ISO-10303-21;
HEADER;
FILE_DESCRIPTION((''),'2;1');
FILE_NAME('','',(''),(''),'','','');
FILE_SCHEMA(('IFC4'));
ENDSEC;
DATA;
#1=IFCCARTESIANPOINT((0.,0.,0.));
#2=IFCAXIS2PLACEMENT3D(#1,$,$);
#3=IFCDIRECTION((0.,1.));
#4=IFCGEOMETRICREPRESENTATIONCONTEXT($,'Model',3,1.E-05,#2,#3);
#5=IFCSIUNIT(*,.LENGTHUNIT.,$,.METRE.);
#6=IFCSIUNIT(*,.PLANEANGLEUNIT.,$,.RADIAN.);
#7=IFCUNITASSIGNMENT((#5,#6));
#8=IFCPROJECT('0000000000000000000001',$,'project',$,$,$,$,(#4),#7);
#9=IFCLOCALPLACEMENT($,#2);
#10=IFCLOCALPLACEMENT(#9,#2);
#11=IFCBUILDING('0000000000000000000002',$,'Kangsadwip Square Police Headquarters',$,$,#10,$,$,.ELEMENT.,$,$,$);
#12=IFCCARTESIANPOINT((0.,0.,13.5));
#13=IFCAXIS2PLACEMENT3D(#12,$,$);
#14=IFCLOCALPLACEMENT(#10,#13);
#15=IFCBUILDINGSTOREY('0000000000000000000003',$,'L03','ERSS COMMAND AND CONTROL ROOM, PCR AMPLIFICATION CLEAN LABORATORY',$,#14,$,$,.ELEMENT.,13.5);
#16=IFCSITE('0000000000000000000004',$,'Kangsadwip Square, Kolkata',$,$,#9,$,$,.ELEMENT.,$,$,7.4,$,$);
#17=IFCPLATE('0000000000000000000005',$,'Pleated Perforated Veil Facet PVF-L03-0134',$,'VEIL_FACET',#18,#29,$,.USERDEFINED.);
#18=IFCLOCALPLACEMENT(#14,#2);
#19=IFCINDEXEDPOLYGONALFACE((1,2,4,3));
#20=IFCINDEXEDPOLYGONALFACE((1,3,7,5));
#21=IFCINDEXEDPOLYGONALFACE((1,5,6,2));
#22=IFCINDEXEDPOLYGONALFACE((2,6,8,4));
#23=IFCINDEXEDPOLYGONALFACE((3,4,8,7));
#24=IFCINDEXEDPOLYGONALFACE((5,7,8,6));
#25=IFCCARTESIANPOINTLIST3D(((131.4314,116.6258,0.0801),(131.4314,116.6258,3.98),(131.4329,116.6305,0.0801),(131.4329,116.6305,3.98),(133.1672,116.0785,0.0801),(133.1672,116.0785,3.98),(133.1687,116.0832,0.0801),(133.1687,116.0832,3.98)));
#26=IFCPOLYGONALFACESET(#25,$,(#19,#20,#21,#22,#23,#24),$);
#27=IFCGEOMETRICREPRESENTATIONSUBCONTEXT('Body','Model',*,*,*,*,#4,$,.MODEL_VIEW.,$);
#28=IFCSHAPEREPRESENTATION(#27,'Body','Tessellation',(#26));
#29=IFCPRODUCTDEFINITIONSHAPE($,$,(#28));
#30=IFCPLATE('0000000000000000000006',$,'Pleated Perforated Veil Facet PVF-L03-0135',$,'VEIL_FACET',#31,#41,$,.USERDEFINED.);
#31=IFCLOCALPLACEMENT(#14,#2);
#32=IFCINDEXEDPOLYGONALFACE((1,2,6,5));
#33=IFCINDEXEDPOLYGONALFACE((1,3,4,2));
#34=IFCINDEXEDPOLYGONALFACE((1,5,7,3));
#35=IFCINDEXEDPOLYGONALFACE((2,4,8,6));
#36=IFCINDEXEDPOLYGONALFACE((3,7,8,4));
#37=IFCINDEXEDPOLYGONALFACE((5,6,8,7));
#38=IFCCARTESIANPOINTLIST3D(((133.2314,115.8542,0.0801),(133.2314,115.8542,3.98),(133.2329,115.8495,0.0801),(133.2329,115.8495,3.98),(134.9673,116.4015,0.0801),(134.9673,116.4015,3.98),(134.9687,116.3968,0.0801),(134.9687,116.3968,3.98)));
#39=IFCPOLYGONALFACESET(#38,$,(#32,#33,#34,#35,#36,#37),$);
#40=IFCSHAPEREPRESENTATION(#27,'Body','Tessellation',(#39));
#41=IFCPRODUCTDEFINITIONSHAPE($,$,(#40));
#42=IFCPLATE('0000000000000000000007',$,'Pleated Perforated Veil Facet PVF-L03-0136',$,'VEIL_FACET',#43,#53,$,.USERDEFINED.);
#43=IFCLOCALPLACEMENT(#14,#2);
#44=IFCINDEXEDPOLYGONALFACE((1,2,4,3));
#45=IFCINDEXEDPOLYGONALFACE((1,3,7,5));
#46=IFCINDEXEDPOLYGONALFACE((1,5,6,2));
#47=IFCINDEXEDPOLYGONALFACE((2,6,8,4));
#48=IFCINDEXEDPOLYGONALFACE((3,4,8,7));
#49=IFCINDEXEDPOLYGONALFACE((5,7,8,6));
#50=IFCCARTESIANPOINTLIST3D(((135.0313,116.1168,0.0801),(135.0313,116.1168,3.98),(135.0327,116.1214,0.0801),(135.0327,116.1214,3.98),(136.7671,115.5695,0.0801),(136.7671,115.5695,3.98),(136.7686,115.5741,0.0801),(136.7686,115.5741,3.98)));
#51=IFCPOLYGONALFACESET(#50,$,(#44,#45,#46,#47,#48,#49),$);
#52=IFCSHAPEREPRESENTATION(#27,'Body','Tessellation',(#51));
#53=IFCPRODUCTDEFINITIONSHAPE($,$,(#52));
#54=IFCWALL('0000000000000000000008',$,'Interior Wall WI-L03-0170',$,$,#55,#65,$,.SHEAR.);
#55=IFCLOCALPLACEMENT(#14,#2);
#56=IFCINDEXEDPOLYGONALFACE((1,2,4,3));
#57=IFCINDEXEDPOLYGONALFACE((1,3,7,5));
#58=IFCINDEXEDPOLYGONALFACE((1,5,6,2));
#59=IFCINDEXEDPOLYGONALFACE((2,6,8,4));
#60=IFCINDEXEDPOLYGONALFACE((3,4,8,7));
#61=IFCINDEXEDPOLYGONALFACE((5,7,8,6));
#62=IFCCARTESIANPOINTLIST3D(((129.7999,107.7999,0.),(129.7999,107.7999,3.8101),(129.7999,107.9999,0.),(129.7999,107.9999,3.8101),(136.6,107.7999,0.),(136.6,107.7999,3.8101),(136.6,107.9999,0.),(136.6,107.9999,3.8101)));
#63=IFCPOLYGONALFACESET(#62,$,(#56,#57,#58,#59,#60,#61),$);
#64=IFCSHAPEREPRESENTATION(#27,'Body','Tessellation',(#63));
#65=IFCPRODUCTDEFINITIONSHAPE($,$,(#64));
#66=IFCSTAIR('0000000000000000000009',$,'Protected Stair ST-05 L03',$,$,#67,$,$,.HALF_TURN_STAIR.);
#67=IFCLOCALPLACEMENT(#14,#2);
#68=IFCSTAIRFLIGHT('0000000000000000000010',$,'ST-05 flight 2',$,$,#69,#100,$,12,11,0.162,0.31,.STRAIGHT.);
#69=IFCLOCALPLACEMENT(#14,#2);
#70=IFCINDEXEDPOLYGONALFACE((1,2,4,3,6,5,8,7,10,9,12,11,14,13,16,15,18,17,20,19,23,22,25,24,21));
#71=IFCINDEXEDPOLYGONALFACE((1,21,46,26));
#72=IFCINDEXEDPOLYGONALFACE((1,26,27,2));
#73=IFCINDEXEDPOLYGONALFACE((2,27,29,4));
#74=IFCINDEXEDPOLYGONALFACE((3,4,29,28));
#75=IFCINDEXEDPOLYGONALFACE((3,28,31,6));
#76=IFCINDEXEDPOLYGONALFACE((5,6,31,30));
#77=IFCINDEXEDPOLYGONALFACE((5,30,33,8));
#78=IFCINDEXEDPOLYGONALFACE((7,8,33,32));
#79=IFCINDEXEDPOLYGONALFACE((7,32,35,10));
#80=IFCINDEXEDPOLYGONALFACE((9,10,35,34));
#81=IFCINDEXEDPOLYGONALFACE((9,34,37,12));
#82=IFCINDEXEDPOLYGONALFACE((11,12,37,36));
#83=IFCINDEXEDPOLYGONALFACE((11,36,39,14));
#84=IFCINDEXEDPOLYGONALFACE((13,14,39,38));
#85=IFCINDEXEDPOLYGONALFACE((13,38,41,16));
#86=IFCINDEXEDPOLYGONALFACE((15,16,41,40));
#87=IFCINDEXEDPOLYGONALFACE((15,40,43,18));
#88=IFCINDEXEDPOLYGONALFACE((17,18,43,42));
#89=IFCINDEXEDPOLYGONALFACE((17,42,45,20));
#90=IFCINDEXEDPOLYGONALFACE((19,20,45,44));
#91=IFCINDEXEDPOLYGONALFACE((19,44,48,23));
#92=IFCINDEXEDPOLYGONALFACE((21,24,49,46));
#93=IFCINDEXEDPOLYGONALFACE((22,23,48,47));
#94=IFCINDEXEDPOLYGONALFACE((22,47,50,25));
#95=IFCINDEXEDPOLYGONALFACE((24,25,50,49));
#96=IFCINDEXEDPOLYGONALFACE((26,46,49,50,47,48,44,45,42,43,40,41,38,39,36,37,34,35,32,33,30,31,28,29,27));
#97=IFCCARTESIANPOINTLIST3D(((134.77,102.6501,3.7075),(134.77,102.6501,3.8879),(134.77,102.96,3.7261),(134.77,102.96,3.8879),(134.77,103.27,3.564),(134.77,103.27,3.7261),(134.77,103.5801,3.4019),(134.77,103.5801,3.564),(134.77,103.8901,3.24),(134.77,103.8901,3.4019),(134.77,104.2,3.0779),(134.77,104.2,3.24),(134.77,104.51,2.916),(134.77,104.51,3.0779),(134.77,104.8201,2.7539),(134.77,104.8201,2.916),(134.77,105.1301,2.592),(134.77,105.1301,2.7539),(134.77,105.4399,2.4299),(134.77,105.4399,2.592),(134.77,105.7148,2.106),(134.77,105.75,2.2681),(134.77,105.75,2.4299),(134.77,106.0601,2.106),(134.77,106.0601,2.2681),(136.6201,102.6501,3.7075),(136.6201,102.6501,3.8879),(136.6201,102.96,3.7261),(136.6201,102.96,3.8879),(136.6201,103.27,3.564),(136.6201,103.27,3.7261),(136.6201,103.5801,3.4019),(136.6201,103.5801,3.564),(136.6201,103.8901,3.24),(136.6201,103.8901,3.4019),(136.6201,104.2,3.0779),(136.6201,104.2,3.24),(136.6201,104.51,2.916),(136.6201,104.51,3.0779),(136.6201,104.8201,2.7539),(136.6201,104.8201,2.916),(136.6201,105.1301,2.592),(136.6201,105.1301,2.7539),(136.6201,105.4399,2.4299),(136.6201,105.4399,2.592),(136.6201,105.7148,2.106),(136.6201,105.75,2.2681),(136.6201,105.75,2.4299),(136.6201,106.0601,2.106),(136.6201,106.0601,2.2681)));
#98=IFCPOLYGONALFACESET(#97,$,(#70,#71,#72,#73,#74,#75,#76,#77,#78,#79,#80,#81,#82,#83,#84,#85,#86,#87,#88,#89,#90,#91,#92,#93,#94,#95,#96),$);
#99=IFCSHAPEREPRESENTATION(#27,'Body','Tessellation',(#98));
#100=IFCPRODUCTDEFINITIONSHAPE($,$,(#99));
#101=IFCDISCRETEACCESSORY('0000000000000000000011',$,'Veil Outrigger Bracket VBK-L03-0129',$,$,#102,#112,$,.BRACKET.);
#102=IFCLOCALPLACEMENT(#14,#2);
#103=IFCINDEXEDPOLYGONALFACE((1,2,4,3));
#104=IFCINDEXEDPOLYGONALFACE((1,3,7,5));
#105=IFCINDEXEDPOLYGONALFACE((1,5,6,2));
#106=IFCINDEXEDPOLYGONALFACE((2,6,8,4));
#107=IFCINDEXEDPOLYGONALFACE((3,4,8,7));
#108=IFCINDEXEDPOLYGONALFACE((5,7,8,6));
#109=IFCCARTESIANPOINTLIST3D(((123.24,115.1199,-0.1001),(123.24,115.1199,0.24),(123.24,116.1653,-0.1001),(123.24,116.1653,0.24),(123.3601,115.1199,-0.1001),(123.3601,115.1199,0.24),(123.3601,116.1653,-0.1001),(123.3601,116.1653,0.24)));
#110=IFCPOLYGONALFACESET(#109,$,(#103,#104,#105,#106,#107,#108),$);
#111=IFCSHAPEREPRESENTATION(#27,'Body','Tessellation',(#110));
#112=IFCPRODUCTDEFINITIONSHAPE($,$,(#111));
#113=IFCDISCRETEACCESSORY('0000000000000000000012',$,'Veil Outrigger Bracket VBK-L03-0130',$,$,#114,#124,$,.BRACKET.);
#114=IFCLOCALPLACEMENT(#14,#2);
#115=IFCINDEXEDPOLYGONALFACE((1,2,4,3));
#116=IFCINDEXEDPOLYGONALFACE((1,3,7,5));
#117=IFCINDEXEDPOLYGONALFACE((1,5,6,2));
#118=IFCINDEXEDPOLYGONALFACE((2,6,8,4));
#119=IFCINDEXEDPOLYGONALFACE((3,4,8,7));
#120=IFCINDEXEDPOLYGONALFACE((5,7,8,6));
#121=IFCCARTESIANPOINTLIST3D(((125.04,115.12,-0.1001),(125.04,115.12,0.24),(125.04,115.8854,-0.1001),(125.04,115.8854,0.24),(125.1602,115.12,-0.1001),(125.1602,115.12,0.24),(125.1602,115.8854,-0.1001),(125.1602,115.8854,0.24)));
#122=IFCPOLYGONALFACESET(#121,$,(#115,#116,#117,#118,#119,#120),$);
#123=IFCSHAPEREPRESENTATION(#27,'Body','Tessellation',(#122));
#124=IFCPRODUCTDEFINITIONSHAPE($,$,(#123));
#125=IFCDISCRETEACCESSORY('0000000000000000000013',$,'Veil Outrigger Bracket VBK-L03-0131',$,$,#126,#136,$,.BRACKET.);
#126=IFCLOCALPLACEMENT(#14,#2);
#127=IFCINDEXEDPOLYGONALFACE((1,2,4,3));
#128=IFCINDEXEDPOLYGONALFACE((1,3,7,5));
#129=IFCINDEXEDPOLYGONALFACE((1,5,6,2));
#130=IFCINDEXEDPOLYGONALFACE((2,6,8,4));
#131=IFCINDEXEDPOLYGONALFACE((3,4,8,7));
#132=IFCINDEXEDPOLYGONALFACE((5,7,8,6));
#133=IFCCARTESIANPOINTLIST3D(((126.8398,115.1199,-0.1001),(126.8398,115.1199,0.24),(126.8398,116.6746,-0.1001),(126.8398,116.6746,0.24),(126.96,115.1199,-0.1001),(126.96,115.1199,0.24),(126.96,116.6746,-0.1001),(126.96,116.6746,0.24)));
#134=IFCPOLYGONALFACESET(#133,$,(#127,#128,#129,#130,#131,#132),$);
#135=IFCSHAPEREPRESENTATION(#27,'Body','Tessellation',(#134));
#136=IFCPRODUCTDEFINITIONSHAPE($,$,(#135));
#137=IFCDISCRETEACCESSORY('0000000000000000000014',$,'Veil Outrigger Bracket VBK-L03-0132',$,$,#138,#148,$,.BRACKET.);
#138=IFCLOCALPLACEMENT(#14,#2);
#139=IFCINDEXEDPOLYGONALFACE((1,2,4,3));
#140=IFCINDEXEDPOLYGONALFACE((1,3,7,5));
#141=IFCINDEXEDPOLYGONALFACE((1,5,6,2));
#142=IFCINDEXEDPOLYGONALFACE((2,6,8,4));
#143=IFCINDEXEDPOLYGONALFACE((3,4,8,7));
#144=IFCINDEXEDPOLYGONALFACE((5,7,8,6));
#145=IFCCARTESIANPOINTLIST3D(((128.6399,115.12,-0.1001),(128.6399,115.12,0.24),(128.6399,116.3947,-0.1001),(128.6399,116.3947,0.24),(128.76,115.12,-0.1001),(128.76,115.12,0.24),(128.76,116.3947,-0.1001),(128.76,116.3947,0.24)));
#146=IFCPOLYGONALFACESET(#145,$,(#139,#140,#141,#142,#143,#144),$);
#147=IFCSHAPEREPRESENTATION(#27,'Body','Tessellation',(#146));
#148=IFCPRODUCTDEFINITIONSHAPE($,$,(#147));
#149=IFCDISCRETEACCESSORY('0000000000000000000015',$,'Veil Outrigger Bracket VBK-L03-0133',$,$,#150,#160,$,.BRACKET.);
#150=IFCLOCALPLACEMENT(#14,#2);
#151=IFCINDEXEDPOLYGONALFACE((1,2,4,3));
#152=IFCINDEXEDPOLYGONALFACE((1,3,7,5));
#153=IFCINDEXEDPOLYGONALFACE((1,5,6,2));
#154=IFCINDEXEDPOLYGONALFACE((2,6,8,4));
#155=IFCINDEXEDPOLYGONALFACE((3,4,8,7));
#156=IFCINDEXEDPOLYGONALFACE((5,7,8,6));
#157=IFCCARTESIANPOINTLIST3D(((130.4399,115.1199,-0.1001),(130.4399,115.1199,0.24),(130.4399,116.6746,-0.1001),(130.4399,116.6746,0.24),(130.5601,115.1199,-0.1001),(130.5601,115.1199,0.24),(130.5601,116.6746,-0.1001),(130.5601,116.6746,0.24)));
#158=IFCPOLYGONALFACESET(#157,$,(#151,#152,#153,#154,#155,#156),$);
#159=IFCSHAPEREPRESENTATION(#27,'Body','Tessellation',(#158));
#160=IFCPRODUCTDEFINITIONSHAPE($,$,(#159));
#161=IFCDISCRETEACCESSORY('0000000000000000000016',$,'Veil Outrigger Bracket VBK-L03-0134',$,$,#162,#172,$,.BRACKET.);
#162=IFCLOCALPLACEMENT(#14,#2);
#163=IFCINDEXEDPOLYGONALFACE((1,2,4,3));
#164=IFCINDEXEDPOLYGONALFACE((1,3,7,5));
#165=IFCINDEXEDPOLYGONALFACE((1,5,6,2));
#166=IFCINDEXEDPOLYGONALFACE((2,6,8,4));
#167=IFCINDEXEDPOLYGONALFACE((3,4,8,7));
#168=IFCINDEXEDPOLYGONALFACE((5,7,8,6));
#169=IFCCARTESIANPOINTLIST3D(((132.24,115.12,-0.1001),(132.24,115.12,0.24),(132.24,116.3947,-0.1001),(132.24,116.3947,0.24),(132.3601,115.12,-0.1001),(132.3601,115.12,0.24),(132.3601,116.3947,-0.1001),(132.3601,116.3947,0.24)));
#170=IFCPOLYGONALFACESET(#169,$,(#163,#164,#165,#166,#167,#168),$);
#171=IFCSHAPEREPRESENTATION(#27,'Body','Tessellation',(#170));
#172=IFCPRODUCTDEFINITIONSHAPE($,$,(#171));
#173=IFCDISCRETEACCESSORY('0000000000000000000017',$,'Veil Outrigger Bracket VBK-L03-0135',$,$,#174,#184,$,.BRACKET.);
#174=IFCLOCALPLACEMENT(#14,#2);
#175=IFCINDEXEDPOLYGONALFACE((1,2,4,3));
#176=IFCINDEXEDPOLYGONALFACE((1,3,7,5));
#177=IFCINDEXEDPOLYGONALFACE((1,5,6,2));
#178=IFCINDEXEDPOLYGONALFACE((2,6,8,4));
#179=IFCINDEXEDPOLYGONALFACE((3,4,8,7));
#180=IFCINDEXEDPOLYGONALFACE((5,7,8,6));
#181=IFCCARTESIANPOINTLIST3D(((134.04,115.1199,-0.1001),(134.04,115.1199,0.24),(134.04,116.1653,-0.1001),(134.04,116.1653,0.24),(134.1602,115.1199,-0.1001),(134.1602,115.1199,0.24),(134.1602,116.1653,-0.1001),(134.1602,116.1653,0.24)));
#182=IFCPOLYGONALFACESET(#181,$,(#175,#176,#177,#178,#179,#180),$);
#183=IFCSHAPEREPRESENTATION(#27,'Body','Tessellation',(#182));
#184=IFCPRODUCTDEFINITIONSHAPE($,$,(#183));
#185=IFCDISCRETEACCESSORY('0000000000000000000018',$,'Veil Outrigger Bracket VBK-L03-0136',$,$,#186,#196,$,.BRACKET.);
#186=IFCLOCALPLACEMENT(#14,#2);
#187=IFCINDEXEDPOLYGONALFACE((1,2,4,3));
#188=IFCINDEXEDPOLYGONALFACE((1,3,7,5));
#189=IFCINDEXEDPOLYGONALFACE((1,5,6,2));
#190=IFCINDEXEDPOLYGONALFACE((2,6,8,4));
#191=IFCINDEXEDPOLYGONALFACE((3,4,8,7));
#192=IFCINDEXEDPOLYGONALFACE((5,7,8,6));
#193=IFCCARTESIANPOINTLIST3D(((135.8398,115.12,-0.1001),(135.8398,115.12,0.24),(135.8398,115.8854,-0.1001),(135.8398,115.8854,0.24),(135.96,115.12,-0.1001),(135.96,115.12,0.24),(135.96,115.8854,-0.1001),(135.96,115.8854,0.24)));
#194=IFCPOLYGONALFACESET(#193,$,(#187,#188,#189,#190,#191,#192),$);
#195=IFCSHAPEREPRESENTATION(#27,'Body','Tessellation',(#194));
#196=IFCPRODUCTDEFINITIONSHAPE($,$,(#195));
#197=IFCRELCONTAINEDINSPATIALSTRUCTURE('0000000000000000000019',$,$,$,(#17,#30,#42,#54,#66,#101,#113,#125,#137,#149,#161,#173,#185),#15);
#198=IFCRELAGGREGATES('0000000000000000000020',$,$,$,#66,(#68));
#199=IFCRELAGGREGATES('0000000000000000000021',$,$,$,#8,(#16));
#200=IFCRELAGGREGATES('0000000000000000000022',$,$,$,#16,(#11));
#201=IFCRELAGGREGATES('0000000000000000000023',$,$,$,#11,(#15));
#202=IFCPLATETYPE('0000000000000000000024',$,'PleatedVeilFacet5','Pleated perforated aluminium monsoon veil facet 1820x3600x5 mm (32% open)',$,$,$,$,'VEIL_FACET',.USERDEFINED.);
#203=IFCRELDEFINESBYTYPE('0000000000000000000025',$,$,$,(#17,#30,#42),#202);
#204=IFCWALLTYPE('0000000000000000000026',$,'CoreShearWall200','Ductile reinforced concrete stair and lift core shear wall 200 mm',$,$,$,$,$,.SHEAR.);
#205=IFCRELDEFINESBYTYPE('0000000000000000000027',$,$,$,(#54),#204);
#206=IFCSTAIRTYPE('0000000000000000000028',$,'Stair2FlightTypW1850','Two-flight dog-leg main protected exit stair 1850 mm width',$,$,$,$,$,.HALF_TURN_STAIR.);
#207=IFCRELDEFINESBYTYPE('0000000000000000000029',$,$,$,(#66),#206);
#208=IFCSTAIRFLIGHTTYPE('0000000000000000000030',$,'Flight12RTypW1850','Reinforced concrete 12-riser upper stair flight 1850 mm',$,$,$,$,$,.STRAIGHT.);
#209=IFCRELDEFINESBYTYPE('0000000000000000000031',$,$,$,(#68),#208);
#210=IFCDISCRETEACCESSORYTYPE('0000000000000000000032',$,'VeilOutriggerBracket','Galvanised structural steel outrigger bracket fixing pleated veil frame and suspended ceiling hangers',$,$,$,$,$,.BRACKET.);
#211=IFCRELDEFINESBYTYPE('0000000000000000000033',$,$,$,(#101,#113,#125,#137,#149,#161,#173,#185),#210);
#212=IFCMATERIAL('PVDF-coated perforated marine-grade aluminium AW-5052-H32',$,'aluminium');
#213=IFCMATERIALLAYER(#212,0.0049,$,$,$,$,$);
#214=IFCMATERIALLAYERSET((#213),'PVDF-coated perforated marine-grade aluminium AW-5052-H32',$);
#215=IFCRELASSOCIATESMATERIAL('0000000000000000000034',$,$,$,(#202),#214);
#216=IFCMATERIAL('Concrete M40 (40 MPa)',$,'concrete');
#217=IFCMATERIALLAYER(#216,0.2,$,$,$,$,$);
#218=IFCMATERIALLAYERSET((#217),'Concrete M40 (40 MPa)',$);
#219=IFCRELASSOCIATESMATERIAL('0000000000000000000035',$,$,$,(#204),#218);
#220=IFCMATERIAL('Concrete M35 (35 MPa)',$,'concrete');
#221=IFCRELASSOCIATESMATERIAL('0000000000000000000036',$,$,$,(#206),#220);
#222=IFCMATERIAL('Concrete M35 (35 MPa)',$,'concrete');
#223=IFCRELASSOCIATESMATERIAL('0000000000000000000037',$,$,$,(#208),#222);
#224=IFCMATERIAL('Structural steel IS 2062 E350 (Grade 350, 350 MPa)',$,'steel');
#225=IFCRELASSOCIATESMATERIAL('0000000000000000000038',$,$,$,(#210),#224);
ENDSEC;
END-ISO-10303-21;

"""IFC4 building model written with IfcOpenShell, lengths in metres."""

from ifc_helpers import new_model, si_unit, direction, frame, frame_2d, origin, origin_2d, place, context, subcontext, project, spatial, polyline, rectangle, outline, extrude, material, layer, layer_set, type_object, element, aggregate, save


model = new_model("IFC4")

# Units and contexts
model_context = context("Model", 3, precision=1e-05, world=origin(), true_north=direction((0.0, 1.0)))
body_context = subcontext(model_context, "Body", "Model", "MODEL_VIEW")
ifc_project = project(units=[si_unit("LENGTHUNIT", "METRE"), si_unit("PLANEANGLEUNIT", "RADIAN")], contexts=[model_context])

# Site, building, storey
site_placement = place(None, origin())
site = spatial("IfcSite", under=ifc_project, at=site_placement, Name="Kangsadwip Square, Kolkata", CompositionType="ELEMENT", RefElevation=7.4)
building_placement = place(site_placement, origin())
building = spatial("IfcBuilding", under=site, at=building_placement, Name="Kangsadwip Square Police Headquarters", CompositionType="ELEMENT")
storey_placement = place(building_placement, frame((0.0, 0.0, 13.5)))
storey = spatial("IfcBuildingStorey", under=building, at=storey_placement, Name="L03", Description="ERSS COMMAND AND CONTROL ROOM, PCR AMPLIFICATION CLEAN LABORATORY", CompositionType="ELEMENT", Elevation=13.5)

# Plates
ifc_material_1 = material(Name="PVDF-coated perforated marine-grade aluminium AW-5052-H32", Category="aluminium")
ifc_layer_1 = layer(ifc_material_1, 0.0049)
ifc_layer_set_1 = layer_set([ifc_layer_1], Name="PVDF-coated perforated marine-grade aluminium AW-5052-H32")
plate_type_1 = type_object("IfcPlateType", Name="PleatedVeilFacet5", Description="Pleated perforated aluminium monsoon veil facet 1820x3600x5 mm (32% open)", ElementType="VEIL_FACET", PredefinedType="USERDEFINED", material=ifc_layer_set_1)
for number, where, z_axis, x_axis, name in (
    (1, (132.3, 116.3545, 0.0801), (0.0, 0.0, 1.0), (0.953717, -0.300706, 0.0), "Pleated Perforated Veil Facet PVF-L03-0134"),
    (2, (134.1001, 116.1255, 0.0801), (0.0, 0.0, 1.0), (0.953717, 0.300706, 0.0), "Pleated Perforated Veil Facet PVF-L03-0135"),
    (3, (135.8999, 115.8455, 0.0801), (0.0, 0.0, 1.0), (0.953717, -0.300706, 0.0), "Pleated Perforated Veil Facet PVF-L03-0136"),
):
    element("IfcPlate", number, at=place(storey_placement, frame(where, z_axis=z_axis, x_axis=x_axis)), inside=storey, type_object=plate_type_1, Name=name, ObjectType="VEIL_FACET", PredefinedType="USERDEFINED", context=body_context, shape_type="SweptSolid", body=[
        extrude(rectangle(XDim=1.8201, YDim=0.0049, at=origin_2d()), origin(), (0.0, 0.0, 1.0), 3.8999),
    ])

# Wall
ifc_material_2 = material(Name="Concrete M40 (40 MPa)", Category="concrete")
ifc_layer_2 = layer(ifc_material_2, 0.2)
ifc_layer_set_2 = layer_set([ifc_layer_2], Name="Concrete M40 (40 MPa)")
wall_type = type_object("IfcWallType", Name="CoreShearWall200", Description="Ductile reinforced concrete stair and lift core shear wall 200 mm", PredefinedType="SHEAR", material=ifc_layer_set_2)
wall_placement = place(storey_placement, frame((129.8, 107.8999, 0.0), z_axis=(0.0, 0.0, 1.0), x_axis=(1.0, 0.0, 0.0)))
element("IfcWall", 4, at=wall_placement, inside=storey, type_object=wall_type, Name="Interior Wall WI-L03-0170", PredefinedType="SHEAR", context=body_context, shape_type="SweptSolid", body=[
    extrude(rectangle(XDim=6.8, YDim=0.2, at=frame_2d((3.3999, 0.0))), origin(), (0.0, 0.0, 1.0), 3.8101),
])

# Stair, stair flight
ifc_material_3 = material(Name="Concrete M35 (35 MPa)", Category="concrete")
stair_type = type_object("IfcStairType", Name="Stair2FlightTypW1850", Description="Two-flight dog-leg main protected exit stair 1850 mm width", PredefinedType="HALF_TURN_STAIR", material=ifc_material_3)
stair_placement = place(storey_placement, origin())
stair = element("IfcStair", 5, at=stair_placement, inside=storey, type_object=stair_type, Name="Protected Stair ST-05 L03", PredefinedType="HALF_TURN_STAIR")
ifc_material_4 = material(Name="Concrete M35 (35 MPa)", Category="concrete")
stair_flight_type = type_object("IfcStairFlightType", Name="Flight12RTypW1850", Description="Reinforced concrete 12-riser upper stair flight 1850 mm", PredefinedType="STRAIGHT", material=ifc_material_4)
stair_flight_placement = place(storey_placement, frame((135.6951, 106.0601, 2.106), z_axis=(0.0, 0.0, 1.0), x_axis=(0.0, -1.0, 0.0)))
stair_flight = element("IfcStairFlight", 6, at=stair_flight_placement, type_object=stair_flight_type, Name="ST-05 flight 2", NumberOfRisers=12, NumberOfTreads=11, PredefinedType="STRAIGHT", RiserHeight=0.162, TreadLength=0.31, context=body_context, shape_type="SweptSolid", body=[
    extrude(outline(polyline([(0.0, 0.0), (0.0, 0.1621), (0.3101, 0.1621), (0.3101, 0.324), (0.6201, 0.324), (0.6201, 0.4861), (0.9299, 0.4861), (0.9299, 0.6479), (1.24, 0.6479), (1.24, 0.8101), (1.55, 0.8101), (1.55, 0.9719), (1.8601, 0.9719), (1.8601, 1.134), (2.1699, 1.134), (2.1699, 1.2959), (2.48, 1.2959), (2.48, 1.458), (2.79, 1.458), (2.79, 1.6201), (3.1001, 1.6201), (3.1001, 1.782), (3.4099, 1.782), (3.4099, 1.9441), (3.4099, 1.6016), (0.3452, 0.0), (0.0, 0.0)])), frame((0.0, 0.925, 0.0), z_axis=(0.0, -1.0, 0.0), x_axis=(1.0, 0.0, 0.0)), (0.0, 0.0, 1.0), 1.8501),
])
aggregate(stair, [stair_flight])

# Discrete accessories
ifc_material_5 = material(Name="Structural steel IS 2062 E350 (Grade 350, 350 MPa)", Category="steel")
discrete_accessory_type = type_object("IfcDiscreteAccessoryType", Name="VeilOutriggerBracket", Description="Galvanised structural steel outrigger bracket fixing pleated veil frame and suspended ceiling hangers", PredefinedType="BRACKET", material=ifc_material_5)
discrete_accessory_1_placement = place(storey_placement, frame((123.3, 115.6426, -0.1001), z_axis=(0.0, 0.0, 1.0), x_axis=(1.0, 0.0, 0.0)))
element("IfcDiscreteAccessory", 7, at=discrete_accessory_1_placement, inside=storey, type_object=discrete_accessory_type, Name="Veil Outrigger Bracket VBK-L03-0129", PredefinedType="BRACKET", context=body_context, shape_type="SweptSolid", body=[
    extrude(rectangle(XDim=0.1201, YDim=1.0454, at=origin_2d()), origin(), (0.0, 0.0, 1.0), 0.3401),
])
discrete_accessory_2_placement = place(storey_placement, frame((125.1001, 115.5027, -0.1001), z_axis=(0.0, 0.0, 1.0), x_axis=(1.0, 0.0, 0.0)))
element("IfcDiscreteAccessory", 8, at=discrete_accessory_2_placement, inside=storey, type_object=discrete_accessory_type, Name="Veil Outrigger Bracket VBK-L03-0130", PredefinedType="BRACKET", context=body_context, shape_type="SweptSolid", body=[
    extrude(rectangle(XDim=0.1201, YDim=0.7654, at=origin_2d()), origin(), (0.0, 0.0, 1.0), 0.3401),
])
discrete_accessory_3_placement = place(storey_placement, frame((126.8999, 115.8972, -0.1001), z_axis=(0.0, 0.0, 1.0), x_axis=(1.0, 0.0, 0.0)))
element("IfcDiscreteAccessory", 9, at=discrete_accessory_3_placement, inside=storey, type_object=discrete_accessory_type, Name="Veil Outrigger Bracket VBK-L03-0131", PredefinedType="BRACKET", context=body_context, shape_type="SweptSolid", body=[
    extrude(rectangle(XDim=0.1201, YDim=1.5547, at=origin_2d()), origin(), (0.0, 0.0, 1.0), 0.3401),
])
discrete_accessory_4_placement = place(storey_placement, frame((128.7, 115.7573, -0.1001), z_axis=(0.0, 0.0, 1.0), x_axis=(1.0, 0.0, 0.0)))
element("IfcDiscreteAccessory", 10, at=discrete_accessory_4_placement, inside=storey, type_object=discrete_accessory_type, Name="Veil Outrigger Bracket VBK-L03-0132", PredefinedType="BRACKET", context=body_context, shape_type="SweptSolid", body=[
    extrude(rectangle(XDim=0.1201, YDim=1.2747, at=origin_2d()), origin(), (0.0, 0.0, 1.0), 0.3401),
])
discrete_accessory_5_placement = place(storey_placement, frame((130.5, 115.8972, -0.1001), z_axis=(0.0, 0.0, 1.0), x_axis=(1.0, 0.0, 0.0)))
element("IfcDiscreteAccessory", 11, at=discrete_accessory_5_placement, inside=storey, type_object=discrete_accessory_type, Name="Veil Outrigger Bracket VBK-L03-0133", PredefinedType="BRACKET", context=body_context, shape_type="SweptSolid", body=[
    extrude(rectangle(XDim=0.1201, YDim=1.5547, at=origin_2d()), origin(), (0.0, 0.0, 1.0), 0.3401),
])
discrete_accessory_6_placement = place(storey_placement, frame((132.3, 115.7573, -0.1001), z_axis=(0.0, 0.0, 1.0), x_axis=(1.0, 0.0, 0.0)))
element("IfcDiscreteAccessory", 12, at=discrete_accessory_6_placement, inside=storey, type_object=discrete_accessory_type, Name="Veil Outrigger Bracket VBK-L03-0134", PredefinedType="BRACKET", context=body_context, shape_type="SweptSolid", body=[
    extrude(rectangle(XDim=0.1201, YDim=1.2747, at=origin_2d()), origin(), (0.0, 0.0, 1.0), 0.3401),
])
discrete_accessory_7_placement = place(storey_placement, frame((134.1001, 115.6426, -0.1001), z_axis=(0.0, 0.0, 1.0), x_axis=(1.0, 0.0, 0.0)))
element("IfcDiscreteAccessory", 13, at=discrete_accessory_7_placement, inside=storey, type_object=discrete_accessory_type, Name="Veil Outrigger Bracket VBK-L03-0135", PredefinedType="BRACKET", context=body_context, shape_type="SweptSolid", body=[
    extrude(rectangle(XDim=0.1201, YDim=1.0454, at=origin_2d()), origin(), (0.0, 0.0, 1.0), 0.3401),
])
discrete_accessory_8_placement = place(storey_placement, frame((135.8999, 115.5027, -0.1001), z_axis=(0.0, 0.0, 1.0), x_axis=(1.0, 0.0, 0.0)))
element("IfcDiscreteAccessory", 14, at=discrete_accessory_8_placement, inside=storey, type_object=discrete_accessory_type, Name="Veil Outrigger Bracket VBK-L03-0136", PredefinedType="BRACKET", context=body_context, shape_type="SweptSolid", body=[
    extrude(rectangle(XDim=0.1201, YDim=0.7654, at=origin_2d()), origin(), (0.0, 0.0, 1.0), 0.3401),
])

save(model, "model.ifc")
